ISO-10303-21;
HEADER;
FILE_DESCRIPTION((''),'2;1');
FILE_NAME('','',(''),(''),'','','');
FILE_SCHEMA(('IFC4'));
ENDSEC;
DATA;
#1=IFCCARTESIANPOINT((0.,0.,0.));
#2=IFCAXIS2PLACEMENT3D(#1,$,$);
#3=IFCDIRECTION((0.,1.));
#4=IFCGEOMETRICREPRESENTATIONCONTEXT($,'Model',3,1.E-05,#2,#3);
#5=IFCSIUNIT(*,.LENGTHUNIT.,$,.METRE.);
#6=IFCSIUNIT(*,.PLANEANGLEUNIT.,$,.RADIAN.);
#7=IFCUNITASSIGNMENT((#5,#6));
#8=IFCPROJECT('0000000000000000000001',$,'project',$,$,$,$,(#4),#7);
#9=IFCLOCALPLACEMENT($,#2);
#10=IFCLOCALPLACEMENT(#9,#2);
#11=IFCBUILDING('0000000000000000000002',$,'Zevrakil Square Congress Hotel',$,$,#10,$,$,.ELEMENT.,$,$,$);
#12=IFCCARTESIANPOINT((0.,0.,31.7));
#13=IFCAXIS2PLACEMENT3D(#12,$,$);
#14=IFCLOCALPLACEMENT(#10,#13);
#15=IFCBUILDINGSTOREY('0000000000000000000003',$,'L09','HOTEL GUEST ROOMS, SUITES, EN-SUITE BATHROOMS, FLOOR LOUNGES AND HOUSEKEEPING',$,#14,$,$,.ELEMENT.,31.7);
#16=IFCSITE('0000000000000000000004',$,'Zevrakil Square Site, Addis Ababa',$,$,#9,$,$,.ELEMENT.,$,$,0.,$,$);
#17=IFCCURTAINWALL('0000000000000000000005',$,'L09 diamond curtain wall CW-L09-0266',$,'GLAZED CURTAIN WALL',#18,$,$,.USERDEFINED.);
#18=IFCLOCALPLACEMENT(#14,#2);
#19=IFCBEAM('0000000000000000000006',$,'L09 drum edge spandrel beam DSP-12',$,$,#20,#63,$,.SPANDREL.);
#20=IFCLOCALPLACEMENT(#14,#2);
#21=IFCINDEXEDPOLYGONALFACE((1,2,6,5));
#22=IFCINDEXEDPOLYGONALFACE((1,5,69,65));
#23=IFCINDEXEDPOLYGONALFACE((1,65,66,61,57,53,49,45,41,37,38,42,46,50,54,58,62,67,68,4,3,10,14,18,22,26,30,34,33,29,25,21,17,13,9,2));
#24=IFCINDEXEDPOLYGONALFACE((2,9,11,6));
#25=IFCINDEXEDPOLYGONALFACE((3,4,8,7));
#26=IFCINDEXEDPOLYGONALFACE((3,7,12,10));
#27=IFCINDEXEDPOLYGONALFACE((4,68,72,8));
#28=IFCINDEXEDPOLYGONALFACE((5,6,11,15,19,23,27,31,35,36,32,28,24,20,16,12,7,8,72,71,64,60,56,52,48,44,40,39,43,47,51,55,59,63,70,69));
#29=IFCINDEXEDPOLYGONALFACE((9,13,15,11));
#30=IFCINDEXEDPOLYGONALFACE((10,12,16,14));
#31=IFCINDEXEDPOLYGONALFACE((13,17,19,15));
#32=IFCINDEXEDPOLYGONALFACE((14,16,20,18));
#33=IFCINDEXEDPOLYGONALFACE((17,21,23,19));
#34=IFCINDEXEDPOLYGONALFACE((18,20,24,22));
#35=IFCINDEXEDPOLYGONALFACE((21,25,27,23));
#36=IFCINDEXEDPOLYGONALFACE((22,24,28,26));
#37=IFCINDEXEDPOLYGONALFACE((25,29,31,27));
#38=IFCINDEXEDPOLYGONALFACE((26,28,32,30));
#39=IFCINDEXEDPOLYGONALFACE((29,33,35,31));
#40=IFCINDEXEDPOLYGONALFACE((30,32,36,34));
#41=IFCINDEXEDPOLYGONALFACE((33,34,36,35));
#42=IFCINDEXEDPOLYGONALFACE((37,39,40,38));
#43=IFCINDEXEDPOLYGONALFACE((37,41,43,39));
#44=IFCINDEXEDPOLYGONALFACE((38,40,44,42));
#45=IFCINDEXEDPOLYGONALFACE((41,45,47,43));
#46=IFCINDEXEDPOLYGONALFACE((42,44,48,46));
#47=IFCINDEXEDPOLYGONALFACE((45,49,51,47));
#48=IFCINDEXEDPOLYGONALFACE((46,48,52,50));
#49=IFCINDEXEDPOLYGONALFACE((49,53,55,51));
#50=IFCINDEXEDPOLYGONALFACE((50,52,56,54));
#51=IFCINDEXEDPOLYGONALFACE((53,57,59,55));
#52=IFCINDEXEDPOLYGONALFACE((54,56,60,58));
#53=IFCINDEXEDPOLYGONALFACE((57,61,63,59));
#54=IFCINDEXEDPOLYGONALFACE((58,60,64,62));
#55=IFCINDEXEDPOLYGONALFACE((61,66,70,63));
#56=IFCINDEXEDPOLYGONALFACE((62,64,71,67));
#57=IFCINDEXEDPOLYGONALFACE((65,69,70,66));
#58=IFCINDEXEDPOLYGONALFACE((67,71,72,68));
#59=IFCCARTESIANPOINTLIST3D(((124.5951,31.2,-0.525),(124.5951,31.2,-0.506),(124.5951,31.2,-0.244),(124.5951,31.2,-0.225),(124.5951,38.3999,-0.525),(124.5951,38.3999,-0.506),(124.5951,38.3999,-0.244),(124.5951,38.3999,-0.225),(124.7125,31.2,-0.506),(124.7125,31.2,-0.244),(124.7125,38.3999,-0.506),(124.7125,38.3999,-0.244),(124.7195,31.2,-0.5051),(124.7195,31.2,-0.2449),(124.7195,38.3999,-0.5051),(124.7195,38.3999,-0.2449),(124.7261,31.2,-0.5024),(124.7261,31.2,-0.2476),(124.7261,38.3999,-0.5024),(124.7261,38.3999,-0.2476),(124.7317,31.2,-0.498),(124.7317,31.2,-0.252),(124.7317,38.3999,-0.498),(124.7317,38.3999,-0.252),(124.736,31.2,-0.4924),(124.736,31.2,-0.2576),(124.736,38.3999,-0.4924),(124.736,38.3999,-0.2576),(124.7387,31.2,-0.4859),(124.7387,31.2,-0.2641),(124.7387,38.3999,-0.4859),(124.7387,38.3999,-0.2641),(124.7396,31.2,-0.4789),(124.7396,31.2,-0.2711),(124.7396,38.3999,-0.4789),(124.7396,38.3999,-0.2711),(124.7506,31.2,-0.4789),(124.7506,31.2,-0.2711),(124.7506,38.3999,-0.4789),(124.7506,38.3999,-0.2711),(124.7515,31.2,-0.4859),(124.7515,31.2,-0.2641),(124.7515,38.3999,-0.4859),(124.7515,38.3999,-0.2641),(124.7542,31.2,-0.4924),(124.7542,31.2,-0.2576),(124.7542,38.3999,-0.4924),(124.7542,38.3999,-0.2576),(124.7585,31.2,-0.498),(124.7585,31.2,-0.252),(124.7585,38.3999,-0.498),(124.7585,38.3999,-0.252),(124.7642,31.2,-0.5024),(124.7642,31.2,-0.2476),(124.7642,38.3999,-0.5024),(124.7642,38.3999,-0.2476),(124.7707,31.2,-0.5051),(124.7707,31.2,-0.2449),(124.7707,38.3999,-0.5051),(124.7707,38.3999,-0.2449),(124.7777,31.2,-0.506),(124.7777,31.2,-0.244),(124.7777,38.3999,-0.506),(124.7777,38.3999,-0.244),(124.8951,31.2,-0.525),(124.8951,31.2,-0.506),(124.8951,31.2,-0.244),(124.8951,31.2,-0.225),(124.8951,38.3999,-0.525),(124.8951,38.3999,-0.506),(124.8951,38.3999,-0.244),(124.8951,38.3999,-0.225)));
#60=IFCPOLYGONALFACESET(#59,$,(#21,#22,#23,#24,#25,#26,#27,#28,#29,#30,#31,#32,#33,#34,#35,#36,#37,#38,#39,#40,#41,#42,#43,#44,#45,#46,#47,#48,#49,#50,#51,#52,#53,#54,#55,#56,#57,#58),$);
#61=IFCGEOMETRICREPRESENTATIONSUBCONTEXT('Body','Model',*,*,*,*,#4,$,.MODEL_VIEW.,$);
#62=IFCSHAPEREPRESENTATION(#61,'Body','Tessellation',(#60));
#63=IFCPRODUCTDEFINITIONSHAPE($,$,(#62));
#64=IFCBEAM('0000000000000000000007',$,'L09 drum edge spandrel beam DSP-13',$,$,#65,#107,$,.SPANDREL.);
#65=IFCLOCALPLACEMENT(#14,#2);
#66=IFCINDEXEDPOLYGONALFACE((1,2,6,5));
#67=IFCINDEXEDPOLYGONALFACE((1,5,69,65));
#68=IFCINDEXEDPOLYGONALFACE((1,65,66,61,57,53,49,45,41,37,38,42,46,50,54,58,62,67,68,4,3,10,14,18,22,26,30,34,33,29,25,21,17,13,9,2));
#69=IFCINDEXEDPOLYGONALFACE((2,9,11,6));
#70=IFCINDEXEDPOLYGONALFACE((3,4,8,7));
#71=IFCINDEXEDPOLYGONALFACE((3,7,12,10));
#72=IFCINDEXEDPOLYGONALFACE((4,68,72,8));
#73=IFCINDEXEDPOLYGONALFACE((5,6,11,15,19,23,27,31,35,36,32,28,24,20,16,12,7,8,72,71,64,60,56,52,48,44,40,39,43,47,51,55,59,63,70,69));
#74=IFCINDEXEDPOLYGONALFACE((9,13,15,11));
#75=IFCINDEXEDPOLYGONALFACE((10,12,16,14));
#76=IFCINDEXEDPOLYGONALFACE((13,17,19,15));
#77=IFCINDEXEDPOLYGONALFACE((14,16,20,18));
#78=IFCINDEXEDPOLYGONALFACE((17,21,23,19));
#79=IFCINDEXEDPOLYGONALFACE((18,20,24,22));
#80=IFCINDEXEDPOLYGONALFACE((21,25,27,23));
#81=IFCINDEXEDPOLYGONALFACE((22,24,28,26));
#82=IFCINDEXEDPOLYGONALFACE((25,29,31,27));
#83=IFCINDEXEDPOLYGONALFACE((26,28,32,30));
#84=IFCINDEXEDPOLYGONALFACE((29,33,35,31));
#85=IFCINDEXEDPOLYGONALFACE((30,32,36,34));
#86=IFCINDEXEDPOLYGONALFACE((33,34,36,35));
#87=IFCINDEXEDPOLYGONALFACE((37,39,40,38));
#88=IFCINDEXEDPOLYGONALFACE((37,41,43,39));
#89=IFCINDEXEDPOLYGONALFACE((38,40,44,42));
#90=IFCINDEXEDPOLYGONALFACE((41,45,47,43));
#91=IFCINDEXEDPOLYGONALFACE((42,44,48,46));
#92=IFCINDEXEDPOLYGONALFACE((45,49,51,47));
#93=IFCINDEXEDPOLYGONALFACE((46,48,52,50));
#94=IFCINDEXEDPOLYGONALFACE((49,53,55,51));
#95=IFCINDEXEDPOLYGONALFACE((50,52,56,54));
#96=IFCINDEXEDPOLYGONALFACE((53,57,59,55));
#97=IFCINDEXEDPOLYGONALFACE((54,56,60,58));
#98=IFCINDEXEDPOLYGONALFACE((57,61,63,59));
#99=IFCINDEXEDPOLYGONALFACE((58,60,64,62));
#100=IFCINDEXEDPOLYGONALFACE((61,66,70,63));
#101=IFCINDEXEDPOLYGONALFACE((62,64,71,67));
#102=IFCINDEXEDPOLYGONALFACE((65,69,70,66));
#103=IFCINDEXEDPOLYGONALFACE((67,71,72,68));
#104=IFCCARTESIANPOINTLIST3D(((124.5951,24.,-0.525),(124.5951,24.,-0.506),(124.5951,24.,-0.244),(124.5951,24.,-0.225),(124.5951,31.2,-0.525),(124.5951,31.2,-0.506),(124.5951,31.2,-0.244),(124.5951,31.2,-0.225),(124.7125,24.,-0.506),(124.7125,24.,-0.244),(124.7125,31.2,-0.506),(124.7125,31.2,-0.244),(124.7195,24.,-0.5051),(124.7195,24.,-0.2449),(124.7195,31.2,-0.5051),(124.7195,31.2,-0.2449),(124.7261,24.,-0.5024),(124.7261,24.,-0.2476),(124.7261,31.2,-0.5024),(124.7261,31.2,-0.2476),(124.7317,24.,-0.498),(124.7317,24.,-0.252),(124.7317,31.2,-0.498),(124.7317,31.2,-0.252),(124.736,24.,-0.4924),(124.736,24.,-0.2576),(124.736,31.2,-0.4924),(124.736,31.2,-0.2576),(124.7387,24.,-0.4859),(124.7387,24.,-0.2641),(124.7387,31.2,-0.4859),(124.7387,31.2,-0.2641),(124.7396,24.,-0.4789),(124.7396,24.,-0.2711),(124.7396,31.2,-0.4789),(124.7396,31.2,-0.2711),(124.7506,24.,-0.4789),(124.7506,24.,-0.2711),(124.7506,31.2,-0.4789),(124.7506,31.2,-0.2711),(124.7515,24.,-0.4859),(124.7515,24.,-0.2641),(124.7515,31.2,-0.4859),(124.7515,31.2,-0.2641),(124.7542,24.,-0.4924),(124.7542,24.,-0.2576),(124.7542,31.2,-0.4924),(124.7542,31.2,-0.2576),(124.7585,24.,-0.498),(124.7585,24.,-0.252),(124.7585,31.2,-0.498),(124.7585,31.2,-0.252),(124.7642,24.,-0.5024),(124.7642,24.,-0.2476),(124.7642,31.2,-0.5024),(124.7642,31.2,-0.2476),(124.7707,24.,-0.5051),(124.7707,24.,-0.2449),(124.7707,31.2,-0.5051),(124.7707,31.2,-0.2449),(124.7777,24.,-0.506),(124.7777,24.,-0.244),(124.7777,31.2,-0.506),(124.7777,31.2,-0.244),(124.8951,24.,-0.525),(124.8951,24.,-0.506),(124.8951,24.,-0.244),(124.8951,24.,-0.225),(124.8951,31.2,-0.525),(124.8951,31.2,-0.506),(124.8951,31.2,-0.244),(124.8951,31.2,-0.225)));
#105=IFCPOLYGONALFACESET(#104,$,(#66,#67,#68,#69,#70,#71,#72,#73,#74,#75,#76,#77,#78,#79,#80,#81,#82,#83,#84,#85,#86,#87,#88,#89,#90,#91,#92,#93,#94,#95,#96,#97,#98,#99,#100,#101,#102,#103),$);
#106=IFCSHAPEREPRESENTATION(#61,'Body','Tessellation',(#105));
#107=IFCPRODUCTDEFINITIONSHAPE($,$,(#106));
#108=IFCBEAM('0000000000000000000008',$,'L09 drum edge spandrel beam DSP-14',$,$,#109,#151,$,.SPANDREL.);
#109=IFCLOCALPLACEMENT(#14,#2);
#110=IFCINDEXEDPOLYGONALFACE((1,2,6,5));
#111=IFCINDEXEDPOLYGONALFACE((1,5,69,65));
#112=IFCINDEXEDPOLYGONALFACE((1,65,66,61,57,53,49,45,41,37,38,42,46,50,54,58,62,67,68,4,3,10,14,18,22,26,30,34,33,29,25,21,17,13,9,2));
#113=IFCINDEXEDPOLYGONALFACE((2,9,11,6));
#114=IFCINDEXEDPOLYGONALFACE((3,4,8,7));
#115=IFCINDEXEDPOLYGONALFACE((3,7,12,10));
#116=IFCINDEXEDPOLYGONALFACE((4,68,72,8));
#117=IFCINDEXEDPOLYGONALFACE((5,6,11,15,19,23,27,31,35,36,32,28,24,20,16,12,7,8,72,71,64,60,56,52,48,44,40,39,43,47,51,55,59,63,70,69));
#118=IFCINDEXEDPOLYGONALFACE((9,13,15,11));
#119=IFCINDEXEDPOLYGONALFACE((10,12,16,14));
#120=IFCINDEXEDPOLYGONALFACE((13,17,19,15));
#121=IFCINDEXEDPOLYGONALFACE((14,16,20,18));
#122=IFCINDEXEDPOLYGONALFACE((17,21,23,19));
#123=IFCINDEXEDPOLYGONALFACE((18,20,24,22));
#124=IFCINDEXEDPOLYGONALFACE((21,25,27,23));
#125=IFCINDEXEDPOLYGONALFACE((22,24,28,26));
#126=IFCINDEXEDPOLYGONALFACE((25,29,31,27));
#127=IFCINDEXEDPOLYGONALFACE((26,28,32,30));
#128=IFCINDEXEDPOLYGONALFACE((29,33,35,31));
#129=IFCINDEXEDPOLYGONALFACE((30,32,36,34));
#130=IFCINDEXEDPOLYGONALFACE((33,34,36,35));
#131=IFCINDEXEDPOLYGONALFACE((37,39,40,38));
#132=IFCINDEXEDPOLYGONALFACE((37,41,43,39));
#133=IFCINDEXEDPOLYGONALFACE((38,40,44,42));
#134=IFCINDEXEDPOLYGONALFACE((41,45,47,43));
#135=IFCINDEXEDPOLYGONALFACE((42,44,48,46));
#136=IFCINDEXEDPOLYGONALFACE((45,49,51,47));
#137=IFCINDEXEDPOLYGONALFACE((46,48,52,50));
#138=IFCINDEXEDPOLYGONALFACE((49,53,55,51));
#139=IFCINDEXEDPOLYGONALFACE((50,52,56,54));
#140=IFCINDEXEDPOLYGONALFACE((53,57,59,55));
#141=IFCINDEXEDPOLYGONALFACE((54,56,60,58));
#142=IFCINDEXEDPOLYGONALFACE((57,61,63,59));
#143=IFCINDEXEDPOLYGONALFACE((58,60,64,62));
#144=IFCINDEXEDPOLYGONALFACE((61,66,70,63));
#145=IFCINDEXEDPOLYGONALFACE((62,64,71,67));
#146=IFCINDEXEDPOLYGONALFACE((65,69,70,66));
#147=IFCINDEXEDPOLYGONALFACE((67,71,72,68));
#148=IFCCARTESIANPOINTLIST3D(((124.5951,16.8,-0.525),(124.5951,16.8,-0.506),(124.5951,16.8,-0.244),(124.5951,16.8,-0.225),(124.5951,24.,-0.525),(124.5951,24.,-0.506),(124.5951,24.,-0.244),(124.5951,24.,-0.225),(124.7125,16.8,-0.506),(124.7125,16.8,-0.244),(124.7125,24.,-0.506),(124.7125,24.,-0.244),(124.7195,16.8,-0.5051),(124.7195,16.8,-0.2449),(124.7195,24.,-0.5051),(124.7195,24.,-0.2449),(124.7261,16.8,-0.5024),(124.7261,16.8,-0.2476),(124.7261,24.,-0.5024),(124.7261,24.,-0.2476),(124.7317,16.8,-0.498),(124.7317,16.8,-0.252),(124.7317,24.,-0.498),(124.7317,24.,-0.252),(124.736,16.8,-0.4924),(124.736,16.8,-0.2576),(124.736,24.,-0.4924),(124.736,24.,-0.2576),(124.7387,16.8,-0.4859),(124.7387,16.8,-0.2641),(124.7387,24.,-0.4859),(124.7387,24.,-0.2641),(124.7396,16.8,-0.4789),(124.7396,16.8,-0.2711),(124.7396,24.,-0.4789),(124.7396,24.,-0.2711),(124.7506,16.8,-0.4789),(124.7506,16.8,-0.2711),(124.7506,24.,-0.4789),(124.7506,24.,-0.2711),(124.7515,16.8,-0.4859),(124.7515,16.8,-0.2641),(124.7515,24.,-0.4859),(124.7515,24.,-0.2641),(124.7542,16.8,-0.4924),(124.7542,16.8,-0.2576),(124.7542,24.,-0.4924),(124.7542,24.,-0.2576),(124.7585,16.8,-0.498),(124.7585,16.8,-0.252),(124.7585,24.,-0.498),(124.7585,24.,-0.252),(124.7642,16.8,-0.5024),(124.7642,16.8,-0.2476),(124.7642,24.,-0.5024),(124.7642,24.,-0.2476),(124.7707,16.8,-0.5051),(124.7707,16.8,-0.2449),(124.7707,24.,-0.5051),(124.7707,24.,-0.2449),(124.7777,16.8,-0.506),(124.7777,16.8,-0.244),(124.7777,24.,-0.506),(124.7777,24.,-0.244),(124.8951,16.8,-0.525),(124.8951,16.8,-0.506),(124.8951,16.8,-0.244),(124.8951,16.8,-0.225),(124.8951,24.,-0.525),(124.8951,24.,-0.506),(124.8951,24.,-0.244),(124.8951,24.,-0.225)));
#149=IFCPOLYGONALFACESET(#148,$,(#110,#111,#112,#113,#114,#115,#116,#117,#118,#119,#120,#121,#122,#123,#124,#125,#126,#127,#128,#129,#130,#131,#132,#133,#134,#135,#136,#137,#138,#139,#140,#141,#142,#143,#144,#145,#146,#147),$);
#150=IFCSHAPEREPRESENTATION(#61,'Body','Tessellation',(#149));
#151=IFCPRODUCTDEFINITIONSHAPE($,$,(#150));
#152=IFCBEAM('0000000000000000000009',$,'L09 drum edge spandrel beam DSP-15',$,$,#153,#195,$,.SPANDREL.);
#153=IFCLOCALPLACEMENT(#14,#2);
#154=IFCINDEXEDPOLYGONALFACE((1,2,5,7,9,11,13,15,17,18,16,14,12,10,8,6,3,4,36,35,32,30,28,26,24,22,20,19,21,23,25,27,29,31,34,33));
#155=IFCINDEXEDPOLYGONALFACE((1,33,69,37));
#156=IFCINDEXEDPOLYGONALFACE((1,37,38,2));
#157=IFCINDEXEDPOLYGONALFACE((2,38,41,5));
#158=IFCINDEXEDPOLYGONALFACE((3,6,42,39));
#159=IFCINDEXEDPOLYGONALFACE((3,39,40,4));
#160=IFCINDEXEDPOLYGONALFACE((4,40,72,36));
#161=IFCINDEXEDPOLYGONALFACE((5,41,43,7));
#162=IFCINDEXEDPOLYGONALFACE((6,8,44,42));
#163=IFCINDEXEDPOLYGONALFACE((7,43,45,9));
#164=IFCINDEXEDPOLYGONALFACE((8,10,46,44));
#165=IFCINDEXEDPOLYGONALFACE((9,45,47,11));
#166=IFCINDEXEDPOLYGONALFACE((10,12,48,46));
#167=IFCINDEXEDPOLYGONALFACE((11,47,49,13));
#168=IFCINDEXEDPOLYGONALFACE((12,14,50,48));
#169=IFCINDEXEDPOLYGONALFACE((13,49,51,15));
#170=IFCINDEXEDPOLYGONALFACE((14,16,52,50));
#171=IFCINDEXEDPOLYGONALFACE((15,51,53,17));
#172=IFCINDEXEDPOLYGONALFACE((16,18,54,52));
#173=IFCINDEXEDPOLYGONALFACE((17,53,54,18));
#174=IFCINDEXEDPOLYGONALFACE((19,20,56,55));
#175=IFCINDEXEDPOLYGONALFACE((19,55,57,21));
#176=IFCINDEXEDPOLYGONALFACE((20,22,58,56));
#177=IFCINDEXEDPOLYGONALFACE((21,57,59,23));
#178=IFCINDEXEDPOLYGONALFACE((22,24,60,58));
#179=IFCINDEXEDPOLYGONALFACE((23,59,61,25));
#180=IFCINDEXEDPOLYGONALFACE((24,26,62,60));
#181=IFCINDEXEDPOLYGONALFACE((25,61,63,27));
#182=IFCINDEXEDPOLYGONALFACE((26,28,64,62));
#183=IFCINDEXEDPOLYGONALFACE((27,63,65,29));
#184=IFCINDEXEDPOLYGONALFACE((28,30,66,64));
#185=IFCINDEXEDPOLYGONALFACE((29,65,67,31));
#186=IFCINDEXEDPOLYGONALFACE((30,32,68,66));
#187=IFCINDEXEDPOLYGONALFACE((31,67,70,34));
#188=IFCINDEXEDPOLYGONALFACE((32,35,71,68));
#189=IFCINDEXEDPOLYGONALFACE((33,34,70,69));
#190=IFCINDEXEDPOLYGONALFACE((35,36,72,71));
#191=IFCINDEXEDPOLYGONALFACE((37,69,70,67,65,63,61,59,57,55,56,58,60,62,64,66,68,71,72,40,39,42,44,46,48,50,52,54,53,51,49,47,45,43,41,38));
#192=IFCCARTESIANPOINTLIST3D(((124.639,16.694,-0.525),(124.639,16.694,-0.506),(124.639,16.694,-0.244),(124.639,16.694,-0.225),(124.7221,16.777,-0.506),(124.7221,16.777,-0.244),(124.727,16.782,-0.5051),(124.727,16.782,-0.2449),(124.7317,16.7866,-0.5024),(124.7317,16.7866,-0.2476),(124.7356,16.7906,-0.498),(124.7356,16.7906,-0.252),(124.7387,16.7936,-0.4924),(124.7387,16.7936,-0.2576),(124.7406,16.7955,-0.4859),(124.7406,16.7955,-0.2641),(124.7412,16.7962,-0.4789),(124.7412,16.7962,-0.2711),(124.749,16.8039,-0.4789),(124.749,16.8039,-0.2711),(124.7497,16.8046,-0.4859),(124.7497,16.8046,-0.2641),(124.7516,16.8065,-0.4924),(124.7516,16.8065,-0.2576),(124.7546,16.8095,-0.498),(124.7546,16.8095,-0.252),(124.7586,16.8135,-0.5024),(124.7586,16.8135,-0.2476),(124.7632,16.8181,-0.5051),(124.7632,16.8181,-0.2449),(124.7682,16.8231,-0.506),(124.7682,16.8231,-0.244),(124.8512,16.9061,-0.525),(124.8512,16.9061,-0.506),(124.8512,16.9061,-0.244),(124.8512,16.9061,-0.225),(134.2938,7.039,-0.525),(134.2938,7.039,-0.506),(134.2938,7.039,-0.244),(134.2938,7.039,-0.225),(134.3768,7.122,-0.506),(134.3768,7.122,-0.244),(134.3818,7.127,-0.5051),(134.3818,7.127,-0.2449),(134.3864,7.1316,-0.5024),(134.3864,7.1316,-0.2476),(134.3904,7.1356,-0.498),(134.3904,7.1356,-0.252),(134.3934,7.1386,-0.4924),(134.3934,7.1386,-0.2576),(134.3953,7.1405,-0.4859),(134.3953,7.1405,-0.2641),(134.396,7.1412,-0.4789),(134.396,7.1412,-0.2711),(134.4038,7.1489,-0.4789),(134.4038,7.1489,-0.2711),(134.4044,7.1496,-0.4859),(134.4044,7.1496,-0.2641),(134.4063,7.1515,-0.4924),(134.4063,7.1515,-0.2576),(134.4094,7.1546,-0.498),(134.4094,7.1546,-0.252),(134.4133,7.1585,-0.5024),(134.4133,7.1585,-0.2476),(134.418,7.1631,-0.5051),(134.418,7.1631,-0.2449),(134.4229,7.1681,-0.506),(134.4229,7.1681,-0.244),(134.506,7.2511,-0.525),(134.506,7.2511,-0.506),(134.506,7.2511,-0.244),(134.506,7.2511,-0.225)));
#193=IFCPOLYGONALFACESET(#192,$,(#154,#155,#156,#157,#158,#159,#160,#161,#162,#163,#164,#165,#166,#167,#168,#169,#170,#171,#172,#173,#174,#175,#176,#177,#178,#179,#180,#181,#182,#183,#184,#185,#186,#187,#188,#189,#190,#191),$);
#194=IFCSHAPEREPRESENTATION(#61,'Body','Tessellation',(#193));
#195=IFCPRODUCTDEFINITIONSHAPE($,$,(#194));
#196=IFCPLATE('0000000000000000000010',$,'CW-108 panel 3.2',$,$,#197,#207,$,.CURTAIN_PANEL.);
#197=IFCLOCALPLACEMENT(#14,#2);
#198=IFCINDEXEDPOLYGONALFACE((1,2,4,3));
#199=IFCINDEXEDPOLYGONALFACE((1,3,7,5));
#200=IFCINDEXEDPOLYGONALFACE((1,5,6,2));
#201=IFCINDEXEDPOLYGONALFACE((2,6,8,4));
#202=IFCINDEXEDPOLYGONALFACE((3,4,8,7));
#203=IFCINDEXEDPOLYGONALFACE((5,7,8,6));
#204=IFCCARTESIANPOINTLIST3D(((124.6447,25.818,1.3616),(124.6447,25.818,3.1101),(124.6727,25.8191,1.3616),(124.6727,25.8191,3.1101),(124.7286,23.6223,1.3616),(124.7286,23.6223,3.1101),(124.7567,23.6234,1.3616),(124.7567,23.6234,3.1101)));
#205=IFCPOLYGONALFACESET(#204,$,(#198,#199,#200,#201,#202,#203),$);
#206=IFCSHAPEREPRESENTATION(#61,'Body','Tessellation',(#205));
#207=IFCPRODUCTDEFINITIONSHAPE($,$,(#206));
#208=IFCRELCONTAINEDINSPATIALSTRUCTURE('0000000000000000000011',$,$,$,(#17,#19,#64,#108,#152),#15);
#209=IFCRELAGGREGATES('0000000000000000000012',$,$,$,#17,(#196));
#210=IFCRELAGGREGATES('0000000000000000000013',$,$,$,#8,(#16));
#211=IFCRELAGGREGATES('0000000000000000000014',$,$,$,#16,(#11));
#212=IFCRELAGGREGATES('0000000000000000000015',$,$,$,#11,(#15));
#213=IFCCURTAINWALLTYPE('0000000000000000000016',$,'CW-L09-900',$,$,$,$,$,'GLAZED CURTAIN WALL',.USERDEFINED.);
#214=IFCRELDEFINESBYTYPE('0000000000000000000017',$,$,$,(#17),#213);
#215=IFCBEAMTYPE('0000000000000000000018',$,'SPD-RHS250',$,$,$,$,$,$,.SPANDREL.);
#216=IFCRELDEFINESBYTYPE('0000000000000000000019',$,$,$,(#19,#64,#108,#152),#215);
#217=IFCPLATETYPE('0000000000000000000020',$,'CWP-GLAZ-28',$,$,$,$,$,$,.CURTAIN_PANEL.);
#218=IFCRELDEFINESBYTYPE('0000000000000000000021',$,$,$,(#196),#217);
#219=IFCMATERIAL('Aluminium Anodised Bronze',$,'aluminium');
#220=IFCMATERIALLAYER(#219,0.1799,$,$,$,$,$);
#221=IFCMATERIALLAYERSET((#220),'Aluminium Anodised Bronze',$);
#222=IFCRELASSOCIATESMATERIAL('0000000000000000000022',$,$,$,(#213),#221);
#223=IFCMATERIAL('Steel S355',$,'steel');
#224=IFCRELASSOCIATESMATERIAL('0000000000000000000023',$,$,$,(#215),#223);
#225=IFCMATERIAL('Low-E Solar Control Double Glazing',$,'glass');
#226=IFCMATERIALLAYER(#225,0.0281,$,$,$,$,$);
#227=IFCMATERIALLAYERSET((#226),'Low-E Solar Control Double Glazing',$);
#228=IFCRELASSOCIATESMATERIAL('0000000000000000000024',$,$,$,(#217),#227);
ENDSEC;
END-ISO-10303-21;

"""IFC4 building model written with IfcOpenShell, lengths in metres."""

from ifc_helpers import new_model, si_unit, direction, frame, origin, origin_2d, place, context, subcontext, project, spatial, rectangle, i_section, extrude, material, layer, layer_set, material_profile, profile_set, type_object, element, aggregate, save


model = new_model("IFC4")

# Units and contexts
model_context = context("Model", 3, precision=1e-05, world=origin(), true_north=direction((0.0, 1.0)))
body_context = subcontext(model_context, "Body", "Model", "MODEL_VIEW")
ifc_project = project(units=[si_unit("LENGTHUNIT", "METRE"), si_unit("PLANEANGLEUNIT", "RADIAN")], contexts=[model_context])

# Site, building, storey
site_placement = place(None, origin())
site = spatial("IfcSite", under=ifc_project, at=site_placement, Name="Zevrakil Square Site, Addis Ababa", CompositionType="ELEMENT", RefElevation=0.0)
building_placement = place(site_placement, origin())
building = spatial("IfcBuilding", under=site, at=building_placement, Name="Zevrakil Square Congress Hotel", CompositionType="ELEMENT")
storey_placement = place(building_placement, frame((0.0, 0.0, 31.7)))
storey = spatial("IfcBuildingStorey", under=building, at=storey_placement, Name="L09", Description="HOTEL GUEST ROOMS, SUITES, EN-SUITE BATHROOMS, FLOOR LOUNGES AND HOUSEKEEPING", CompositionType="ELEMENT", Elevation=31.7)

# Curtain wall
ifc_material_1 = material(Name="Aluminium Anodised Bronze", Category="aluminium")
ifc_layer_1 = layer(ifc_material_1, 0.1799)
ifc_layer_set_1 = layer_set([ifc_layer_1], Name="Aluminium Anodised Bronze")
curtain_wall_type_1 = type_object("IfcCurtainWallType", Name="CW-L09-900", ElementType="GLAZED CURTAIN WALL", PredefinedType="USERDEFINED", material=ifc_layer_set_1)
curtain_wall_1_placement = place(storey_placement, origin())
curtain_wall_1 = element("IfcCurtainWall", 1, at=curtain_wall_1_placement, inside=storey, type_object=curtain_wall_type_1, Name="L09 diamond curtain wall CW-L09-0266", ObjectType="GLAZED CURTAIN WALL", PredefinedType="USERDEFINED")

# Beams
ifc_material_2 = material(Name="Steel S355", Category="steel")
ifc_material_profile_1 = material_profile(ifc_material_2, i_section(OverallWidth=0.3, OverallDepth=0.3, WebThickness=0.011, FlangeThickness=0.019, FilletRadius=0.0271, at=origin_2d()), Name="HEB 300")
ifc_profile_set_1 = profile_set([ifc_material_profile_1], Name="Steel S355")
beam_type = type_object("IfcBeamType", Name="SPD-RHS250", PredefinedType="SPANDREL", material=ifc_profile_set_1)
for number, where, z_axis, x_axis, name in (
    (2, (124.7451, 38.3999, -0.375), (0.0, -1.0, 0.0), (1.0, 0.0, 0.0), "L09 drum edge spandrel beam DSP-12"),
    (3, (124.7451, 31.2, -0.375), (0.0, -1.0, 0.0), (1.0, 0.0, 0.0), "L09 drum edge spandrel beam DSP-13"),
    (4, (124.7451, 24.0, -0.375), (0.0, -1.0, 0.0), (1.0, 0.0, 0.0), "L09 drum edge spandrel beam DSP-14"),
):
    element("IfcBeam", number, at=place(storey_placement, frame(where, z_axis=z_axis, x_axis=x_axis)), inside=storey, type_object=beam_type, Name=name, PredefinedType="SPANDREL", context=body_context, shape_type="SweptSolid", body=[
        extrude(i_section(OverallWidth=0.3, OverallDepth=0.3, WebThickness=0.011, FlangeThickness=0.019, FilletRadius=0.0271, at=origin_2d()), origin(), (0.0, 0.0, 1.0), 7.2),
    ])
beam_placement = place(storey_placement, frame((124.7451, 16.8, -0.375), z_axis=(0.707098, -0.707116, 0.0), x_axis=(0.707116, 0.707098, 0.0)))
element("IfcBeam", 5, at=beam_placement, inside=storey, type_object=beam_type, Name="L09 drum edge spandrel beam DSP-15", PredefinedType="SPANDREL", context=body_context, shape_type="SweptSolid", body=[
    extrude(i_section(OverallWidth=0.3, OverallDepth=0.3, WebThickness=0.011, FlangeThickness=0.019, FilletRadius=0.0271, at=origin_2d()), origin(), (0.0, 0.0, 1.0), 13.6541),
])

# Plate
ifc_material_3 = material(Name="Low-E Solar Control Double Glazing", Category="glass")
ifc_layer_2 = layer(ifc_material_3, 0.0281)
ifc_layer_set_2 = layer_set([ifc_layer_2], Name="Low-E Solar Control Double Glazing")
plate_type_1 = type_object("IfcPlateType", Name="CWP-GLAZ-28", PredefinedType="CURTAIN_PANEL", material=ifc_layer_set_2)
plate_1_placement = place(storey_placement, frame((124.7007, 24.7207, 1.3616), z_axis=(0.0, 0.0, 1.0), x_axis=(0.038209, -0.99927, 0.0)))
plate_1 = element("IfcPlate", 6, at=plate_1_placement, type_object=plate_type_1, Name="CW-108 panel 3.2", PredefinedType="CURTAIN_PANEL", context=body_context, shape_type="SweptSolid", body=[
    extrude(rectangle(XDim=2.1973, YDim=0.0281, at=origin_2d()), origin(), (0.0, 0.0, 1.0), 1.7485),
])

aggregate(curtain_wall_1, [plate_1])

save(model, "model.ifc")
